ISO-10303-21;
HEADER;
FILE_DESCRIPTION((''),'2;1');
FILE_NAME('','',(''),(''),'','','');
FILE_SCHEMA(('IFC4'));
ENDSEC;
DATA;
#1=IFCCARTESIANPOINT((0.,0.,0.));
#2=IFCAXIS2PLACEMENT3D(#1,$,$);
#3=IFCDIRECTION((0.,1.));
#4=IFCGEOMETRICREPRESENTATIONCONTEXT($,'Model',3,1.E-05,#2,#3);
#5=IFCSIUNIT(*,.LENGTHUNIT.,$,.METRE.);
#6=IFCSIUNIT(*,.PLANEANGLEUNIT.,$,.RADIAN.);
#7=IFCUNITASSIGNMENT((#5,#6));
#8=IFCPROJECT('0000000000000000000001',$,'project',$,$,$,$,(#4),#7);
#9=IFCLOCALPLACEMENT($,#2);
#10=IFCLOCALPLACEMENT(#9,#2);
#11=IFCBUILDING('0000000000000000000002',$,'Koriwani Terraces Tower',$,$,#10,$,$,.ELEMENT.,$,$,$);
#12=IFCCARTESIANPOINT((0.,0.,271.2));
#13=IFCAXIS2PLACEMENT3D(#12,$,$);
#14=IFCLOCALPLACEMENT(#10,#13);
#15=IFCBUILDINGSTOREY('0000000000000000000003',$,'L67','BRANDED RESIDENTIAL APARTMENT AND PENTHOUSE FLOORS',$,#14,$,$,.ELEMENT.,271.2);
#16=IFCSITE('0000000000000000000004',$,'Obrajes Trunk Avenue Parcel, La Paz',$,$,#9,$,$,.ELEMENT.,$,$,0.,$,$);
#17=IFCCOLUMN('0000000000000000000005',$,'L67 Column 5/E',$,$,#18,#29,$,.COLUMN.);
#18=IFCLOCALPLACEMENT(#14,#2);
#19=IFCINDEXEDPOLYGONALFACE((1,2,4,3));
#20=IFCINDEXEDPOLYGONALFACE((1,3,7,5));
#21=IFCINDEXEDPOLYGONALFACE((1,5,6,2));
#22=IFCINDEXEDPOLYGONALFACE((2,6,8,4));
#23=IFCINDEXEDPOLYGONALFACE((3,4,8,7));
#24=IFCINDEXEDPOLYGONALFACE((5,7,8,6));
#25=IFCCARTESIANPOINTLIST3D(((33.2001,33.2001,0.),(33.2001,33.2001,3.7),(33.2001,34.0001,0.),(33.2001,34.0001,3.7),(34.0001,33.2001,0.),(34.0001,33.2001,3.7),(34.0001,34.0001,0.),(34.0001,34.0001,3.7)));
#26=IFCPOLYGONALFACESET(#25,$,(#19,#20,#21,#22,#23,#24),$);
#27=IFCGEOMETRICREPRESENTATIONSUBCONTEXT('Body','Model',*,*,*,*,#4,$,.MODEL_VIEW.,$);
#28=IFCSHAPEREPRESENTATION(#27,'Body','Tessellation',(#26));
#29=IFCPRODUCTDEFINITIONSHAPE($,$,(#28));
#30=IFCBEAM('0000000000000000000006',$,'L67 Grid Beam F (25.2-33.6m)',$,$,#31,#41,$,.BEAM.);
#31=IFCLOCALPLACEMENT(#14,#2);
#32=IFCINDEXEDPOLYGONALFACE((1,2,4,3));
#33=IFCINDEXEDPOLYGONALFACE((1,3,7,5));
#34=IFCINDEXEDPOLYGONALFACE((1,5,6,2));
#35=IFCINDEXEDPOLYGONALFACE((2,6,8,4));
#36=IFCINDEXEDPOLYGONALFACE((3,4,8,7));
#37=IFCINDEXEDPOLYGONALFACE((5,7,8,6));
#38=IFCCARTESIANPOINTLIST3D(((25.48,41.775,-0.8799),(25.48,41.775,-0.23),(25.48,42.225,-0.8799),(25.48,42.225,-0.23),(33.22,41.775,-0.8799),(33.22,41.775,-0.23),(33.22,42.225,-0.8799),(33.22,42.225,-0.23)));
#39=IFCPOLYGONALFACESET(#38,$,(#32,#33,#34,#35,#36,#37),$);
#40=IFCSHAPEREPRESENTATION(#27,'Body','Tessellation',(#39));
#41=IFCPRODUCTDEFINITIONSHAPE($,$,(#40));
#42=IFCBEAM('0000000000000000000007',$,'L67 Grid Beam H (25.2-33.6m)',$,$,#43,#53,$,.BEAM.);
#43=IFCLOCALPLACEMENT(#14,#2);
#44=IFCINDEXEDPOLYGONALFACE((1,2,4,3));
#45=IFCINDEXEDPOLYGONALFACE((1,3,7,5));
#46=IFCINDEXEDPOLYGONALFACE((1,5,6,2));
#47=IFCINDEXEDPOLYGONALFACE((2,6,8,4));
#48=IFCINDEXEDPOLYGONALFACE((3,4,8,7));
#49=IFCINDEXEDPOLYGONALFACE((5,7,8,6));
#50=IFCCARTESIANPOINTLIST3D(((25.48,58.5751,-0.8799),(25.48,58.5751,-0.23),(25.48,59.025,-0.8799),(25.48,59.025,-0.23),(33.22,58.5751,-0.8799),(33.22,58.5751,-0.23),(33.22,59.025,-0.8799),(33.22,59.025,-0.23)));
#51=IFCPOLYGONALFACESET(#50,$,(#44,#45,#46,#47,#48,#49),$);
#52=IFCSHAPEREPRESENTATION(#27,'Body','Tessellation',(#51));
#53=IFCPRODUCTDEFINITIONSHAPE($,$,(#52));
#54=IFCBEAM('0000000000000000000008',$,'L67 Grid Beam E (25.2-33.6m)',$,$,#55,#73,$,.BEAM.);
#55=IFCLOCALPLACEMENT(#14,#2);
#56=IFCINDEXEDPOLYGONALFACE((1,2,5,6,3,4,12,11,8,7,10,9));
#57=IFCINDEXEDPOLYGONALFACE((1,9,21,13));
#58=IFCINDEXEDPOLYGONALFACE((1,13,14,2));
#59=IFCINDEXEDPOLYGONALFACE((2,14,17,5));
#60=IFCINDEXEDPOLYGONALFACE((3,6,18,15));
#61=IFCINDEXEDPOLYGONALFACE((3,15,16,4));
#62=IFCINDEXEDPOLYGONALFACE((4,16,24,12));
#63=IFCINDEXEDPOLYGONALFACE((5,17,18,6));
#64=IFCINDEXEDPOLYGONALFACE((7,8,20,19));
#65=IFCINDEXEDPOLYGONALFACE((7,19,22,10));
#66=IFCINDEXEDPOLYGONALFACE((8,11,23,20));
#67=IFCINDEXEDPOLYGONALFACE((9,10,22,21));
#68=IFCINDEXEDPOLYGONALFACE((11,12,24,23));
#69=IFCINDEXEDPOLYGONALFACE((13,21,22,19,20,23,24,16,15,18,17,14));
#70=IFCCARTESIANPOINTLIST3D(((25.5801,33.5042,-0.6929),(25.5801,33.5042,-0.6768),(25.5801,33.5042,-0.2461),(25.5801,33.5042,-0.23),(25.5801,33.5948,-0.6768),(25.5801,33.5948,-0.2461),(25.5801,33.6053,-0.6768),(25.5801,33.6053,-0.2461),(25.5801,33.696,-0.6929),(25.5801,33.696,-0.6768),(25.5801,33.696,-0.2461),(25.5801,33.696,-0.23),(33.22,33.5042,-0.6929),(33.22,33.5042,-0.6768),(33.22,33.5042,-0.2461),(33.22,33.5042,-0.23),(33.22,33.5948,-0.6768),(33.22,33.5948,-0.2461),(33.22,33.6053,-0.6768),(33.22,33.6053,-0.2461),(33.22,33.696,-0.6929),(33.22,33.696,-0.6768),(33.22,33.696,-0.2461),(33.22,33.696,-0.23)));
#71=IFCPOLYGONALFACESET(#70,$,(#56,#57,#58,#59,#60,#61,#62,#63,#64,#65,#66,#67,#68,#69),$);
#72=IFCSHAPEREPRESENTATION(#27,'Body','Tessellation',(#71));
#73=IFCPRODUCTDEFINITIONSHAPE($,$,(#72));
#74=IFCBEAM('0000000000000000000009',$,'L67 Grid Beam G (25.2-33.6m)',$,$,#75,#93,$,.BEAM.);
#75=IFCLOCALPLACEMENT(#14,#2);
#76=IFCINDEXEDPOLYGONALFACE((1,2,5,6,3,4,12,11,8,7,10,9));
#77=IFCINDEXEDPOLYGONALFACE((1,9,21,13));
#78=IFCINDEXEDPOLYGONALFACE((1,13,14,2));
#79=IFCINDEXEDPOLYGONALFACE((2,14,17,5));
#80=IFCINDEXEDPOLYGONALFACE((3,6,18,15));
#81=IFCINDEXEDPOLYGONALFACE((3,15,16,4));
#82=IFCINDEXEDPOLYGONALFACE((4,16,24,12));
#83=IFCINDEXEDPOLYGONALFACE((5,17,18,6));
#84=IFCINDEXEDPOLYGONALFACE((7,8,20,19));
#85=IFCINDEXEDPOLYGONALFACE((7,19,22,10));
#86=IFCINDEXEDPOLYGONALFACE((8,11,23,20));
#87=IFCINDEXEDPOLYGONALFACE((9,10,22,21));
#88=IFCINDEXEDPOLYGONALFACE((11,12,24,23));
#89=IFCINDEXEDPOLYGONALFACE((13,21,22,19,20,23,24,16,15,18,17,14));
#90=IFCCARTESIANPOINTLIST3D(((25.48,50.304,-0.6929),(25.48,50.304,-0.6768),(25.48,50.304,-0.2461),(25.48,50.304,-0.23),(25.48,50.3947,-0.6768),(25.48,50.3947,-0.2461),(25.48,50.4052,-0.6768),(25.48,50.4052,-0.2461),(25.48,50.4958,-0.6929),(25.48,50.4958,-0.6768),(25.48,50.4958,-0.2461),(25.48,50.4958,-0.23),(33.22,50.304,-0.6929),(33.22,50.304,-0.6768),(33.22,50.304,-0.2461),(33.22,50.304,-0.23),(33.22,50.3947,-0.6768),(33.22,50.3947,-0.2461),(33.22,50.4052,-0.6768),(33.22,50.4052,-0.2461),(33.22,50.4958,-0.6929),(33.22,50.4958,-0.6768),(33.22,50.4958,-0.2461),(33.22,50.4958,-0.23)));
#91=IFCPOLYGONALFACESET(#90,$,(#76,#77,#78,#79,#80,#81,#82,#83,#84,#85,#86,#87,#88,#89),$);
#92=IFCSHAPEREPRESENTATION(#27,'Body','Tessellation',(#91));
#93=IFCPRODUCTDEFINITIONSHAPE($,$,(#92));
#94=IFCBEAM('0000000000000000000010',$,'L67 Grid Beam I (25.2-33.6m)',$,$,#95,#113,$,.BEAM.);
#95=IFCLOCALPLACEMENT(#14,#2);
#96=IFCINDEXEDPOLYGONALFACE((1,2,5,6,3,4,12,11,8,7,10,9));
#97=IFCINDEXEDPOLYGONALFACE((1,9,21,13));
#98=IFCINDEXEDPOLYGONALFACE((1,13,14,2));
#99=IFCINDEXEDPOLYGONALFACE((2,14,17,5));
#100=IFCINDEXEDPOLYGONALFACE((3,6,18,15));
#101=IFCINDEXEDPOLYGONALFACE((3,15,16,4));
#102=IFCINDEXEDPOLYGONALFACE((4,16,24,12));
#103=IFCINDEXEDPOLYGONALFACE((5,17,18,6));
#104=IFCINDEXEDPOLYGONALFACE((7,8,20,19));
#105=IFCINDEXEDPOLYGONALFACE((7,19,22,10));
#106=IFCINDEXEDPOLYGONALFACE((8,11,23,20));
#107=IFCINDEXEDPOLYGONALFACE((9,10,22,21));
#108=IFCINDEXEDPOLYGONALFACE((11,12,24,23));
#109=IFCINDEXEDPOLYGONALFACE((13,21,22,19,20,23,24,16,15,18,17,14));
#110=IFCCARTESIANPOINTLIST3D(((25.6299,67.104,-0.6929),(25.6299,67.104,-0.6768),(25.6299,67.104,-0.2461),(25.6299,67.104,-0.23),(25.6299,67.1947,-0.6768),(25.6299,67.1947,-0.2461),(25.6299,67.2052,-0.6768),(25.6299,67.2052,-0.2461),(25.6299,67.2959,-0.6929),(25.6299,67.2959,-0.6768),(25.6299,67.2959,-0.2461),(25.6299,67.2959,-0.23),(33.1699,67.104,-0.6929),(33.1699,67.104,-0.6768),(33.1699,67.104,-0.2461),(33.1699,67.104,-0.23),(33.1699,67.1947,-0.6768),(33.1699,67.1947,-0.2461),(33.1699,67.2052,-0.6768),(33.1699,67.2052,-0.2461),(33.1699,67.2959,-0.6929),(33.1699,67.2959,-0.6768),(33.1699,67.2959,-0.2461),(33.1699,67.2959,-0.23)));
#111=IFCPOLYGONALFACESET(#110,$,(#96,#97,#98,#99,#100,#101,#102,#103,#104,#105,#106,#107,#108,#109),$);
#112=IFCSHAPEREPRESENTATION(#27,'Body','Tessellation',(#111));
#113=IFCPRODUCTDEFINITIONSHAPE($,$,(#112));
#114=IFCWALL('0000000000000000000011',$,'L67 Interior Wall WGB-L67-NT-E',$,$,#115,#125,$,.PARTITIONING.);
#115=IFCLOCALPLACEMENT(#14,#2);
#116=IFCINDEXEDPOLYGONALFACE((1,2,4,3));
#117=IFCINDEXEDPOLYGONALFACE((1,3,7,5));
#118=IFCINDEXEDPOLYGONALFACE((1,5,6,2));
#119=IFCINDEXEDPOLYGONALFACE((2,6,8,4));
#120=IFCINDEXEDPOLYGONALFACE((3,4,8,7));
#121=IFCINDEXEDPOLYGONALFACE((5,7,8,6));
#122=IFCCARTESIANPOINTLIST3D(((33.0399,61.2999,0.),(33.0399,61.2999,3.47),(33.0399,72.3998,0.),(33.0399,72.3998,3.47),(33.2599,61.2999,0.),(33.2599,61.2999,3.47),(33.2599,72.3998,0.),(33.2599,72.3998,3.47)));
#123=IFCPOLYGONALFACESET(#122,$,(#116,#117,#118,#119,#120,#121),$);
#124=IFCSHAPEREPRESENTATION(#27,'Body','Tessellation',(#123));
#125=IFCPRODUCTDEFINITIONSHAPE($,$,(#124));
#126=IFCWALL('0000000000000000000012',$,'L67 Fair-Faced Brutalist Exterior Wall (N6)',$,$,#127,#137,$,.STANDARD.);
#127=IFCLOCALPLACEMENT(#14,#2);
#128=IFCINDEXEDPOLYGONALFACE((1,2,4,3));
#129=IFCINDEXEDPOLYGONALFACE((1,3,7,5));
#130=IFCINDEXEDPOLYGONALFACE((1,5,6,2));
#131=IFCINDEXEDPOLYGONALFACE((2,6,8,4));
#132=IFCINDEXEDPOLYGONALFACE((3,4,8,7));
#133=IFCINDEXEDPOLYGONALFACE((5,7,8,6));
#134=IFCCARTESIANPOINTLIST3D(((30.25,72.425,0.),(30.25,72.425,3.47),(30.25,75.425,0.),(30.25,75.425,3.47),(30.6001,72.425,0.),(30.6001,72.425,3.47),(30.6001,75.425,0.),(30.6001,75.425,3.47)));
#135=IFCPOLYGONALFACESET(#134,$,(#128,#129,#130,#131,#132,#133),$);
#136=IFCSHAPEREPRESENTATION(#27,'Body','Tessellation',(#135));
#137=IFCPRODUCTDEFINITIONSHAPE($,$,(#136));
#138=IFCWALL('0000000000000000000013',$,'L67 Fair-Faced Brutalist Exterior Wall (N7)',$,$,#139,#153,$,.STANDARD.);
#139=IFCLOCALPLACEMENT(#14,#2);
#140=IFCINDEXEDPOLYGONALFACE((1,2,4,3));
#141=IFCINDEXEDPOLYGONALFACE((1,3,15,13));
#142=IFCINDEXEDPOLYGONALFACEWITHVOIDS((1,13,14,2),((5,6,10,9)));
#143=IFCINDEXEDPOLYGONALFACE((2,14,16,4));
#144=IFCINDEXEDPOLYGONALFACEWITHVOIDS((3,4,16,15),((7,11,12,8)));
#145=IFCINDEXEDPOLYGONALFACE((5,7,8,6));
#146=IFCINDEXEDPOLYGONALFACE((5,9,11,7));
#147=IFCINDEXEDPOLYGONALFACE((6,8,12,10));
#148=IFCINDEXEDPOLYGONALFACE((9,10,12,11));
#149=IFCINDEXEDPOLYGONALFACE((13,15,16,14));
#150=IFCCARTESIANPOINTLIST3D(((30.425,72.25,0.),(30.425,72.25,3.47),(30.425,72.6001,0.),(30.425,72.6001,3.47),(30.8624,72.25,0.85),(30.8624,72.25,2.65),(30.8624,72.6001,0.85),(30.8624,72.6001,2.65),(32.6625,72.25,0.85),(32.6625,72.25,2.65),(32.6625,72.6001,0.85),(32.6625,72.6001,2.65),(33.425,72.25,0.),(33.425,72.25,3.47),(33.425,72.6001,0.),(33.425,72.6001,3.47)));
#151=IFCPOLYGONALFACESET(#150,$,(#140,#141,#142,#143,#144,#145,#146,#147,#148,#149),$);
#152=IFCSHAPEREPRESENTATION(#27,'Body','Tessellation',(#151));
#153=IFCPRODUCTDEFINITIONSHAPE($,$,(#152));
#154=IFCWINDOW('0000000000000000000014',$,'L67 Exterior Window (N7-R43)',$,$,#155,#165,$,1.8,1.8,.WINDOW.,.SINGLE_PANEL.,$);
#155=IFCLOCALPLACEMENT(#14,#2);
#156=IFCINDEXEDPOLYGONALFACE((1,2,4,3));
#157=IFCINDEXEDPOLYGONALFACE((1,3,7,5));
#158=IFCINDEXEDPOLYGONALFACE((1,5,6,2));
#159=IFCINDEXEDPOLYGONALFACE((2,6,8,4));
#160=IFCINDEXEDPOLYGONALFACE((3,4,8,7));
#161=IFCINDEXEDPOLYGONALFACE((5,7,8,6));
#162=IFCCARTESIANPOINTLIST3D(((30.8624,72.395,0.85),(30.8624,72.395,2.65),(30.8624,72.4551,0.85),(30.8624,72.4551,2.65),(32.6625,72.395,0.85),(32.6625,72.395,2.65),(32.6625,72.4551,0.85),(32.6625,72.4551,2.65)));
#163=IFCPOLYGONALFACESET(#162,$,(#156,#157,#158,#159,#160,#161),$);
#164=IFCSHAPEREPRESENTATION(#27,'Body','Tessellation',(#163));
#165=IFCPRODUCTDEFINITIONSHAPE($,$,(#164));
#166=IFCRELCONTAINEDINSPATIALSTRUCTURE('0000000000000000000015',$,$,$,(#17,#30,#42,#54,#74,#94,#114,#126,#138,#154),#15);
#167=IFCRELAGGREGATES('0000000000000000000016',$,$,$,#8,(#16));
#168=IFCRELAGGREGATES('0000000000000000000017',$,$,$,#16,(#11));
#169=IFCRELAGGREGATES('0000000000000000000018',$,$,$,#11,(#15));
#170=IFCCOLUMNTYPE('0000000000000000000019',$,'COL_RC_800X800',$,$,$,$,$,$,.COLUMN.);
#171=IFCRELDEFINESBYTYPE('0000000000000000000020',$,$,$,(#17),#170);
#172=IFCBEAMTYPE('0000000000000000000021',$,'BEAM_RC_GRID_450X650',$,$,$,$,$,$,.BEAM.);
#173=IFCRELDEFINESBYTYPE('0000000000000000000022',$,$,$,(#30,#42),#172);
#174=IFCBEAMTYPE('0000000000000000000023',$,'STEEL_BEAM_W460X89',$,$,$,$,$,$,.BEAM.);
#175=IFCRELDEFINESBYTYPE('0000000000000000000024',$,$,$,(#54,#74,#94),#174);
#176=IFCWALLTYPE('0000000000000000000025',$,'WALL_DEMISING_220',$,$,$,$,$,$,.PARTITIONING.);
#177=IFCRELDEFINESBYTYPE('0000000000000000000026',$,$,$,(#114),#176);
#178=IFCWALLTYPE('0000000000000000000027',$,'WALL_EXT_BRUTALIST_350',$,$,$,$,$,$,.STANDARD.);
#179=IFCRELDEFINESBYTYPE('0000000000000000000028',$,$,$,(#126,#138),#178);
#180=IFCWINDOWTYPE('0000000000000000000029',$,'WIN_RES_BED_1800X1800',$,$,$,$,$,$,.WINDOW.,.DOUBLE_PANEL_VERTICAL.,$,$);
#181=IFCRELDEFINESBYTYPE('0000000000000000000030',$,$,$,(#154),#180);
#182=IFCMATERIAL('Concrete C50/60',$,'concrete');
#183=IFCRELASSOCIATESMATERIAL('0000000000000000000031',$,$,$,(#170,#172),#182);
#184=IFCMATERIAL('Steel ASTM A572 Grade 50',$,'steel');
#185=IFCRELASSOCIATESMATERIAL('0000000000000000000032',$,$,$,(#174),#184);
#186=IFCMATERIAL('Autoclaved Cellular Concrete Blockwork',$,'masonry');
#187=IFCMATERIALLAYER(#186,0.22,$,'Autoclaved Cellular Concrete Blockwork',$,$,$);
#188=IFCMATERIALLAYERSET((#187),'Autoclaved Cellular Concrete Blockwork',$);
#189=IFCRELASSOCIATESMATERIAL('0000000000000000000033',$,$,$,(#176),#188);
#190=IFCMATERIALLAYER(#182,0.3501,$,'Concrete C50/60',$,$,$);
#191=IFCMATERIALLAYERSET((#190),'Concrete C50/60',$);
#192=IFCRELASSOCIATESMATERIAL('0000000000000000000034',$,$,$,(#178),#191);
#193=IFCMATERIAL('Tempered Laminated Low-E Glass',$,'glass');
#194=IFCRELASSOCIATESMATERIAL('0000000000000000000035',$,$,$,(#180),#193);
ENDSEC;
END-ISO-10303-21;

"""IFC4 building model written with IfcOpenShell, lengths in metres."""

from ifc_helpers import new_model, si_unit, direction, frame, frame_2d, origin, origin_2d, place, context, subcontext, project, spatial, rectangle, i_section, extrude, material, layer, layer_set, material_profile, profile_set, type_object, element, fill, save


model = new_model("IFC4")

# Units and contexts
model_context = context("Model", 3, precision=1e-05, world=origin(), true_north=direction((0.0, 1.0)))
body_context = subcontext(model_context, "Body", "Model", "MODEL_VIEW")
ifc_project = project(units=[si_unit("LENGTHUNIT", "METRE"), si_unit("PLANEANGLEUNIT", "RADIAN")], contexts=[model_context])

# Site, building, storey
site_placement = place(None, origin())
site = spatial("IfcSite", under=ifc_project, at=site_placement, Name="Obrajes Trunk Avenue Parcel, La Paz", CompositionType="ELEMENT", RefElevation=0.0)
building_placement = place(site_placement, origin())
building = spatial("IfcBuilding", under=site, at=building_placement, Name="Koriwani Terraces Tower", CompositionType="ELEMENT")
storey_placement = place(building_placement, frame((0.0, 0.0, 271.2)))
storey = spatial("IfcBuildingStorey", under=building, at=storey_placement, Name="L67", Description="BRANDED RESIDENTIAL APARTMENT AND PENTHOUSE FLOORS", CompositionType="ELEMENT", Elevation=271.2)

# Column
ifc_material_1 = material(Name="Concrete C50/60", Category="concrete")
ifc_material_profile_1 = material_profile(ifc_material_1, rectangle(XDim=0.8, YDim=0.8, at=origin_2d()), Name="Concrete C50/60", Category="LoadBearing")
ifc_profile_set_1 = profile_set([ifc_material_profile_1], Name="Concrete C50/60")
column_type = type_object("IfcColumnType", Name="COL_RC_800X800", PredefinedType="COLUMN", material=ifc_profile_set_1)
column_placement = place(storey_placement, frame((33.6001, 33.6001, 0.0), z_axis=(0.0, 0.0, 1.0), x_axis=(1.0, 0.0, 0.0)))
element("IfcColumn", 1, at=column_placement, inside=storey, type_object=column_type, Name="L67 Column 5/E", PredefinedType="COLUMN", context=body_context, shape_type="SweptSolid", body=[
    extrude(rectangle(XDim=0.8, YDim=0.8, at=origin_2d()), origin(), (0.0, 0.0, 1.0), 3.7),
])

# Beams
ifc_material_profile_2 = material_profile(ifc_material_1, rectangle(XDim=0.45, YDim=0.6499, at=origin_2d()), Name="Concrete C50/60", Category="LoadBearing")
ifc_profile_set_2 = profile_set([ifc_material_profile_2], Name="Concrete C50/60")
beam_type_1 = type_object("IfcBeamType", Name="BEAM_RC_GRID_450X650", PredefinedType="BEAM", material=ifc_profile_set_2)
for number, where, z_axis, x_axis, name in (
    (2, (25.48, 42.0, -0.5549), (1.0, 0.0, 0.0), (0.0, 1.0, 0.0), "L67 Grid Beam F (25.2-33.6m)"),
    (3, (25.48, 58.8, -0.5549), (1.0, 0.0, 0.0), (0.0, 1.0, 0.0), "L67 Grid Beam H (25.2-33.6m)"),
):
    element("IfcBeam", number, at=place(storey_placement, frame(where, z_axis=z_axis, x_axis=x_axis)), inside=storey, type_object=beam_type_1, Name=name, PredefinedType="BEAM", context=body_context, shape_type="SweptSolid", body=[
        extrude(rectangle(XDim=0.45, YDim=0.6499, at=origin_2d()), origin(), (0.0, 0.0, 1.0), 7.74),
    ])
ifc_material_2 = material(Name="Steel ASTM A572 Grade 50", Category="steel")
ifc_material_profile_3 = material_profile(ifc_material_2, i_section(OverallWidth=0.1919, OverallDepth=0.4629, WebThickness=0.0105, FlangeThickness=0.0161, at=origin_2d()), Name="Steel ASTM A572 Grade 50", Category="LoadBearing")
ifc_profile_set_3 = profile_set([ifc_material_profile_3], Name="Steel ASTM A572 Grade 50")
beam_type_2 = type_object("IfcBeamType", Name="STEEL_BEAM_W460X89", PredefinedType="BEAM", material=ifc_profile_set_3)
beam_1_placement = place(storey_placement, frame((25.5801, 33.6001, -0.4614), z_axis=(1.0, 0.0, 0.0), x_axis=(0.0, 1.0, 0.0)))
element("IfcBeam", 4, at=beam_1_placement, inside=storey, type_object=beam_type_2, Name="L67 Grid Beam E (25.2-33.6m)", PredefinedType="BEAM", context=body_context, shape_type="SweptSolid", body=[
    extrude(i_section(OverallWidth=0.1919, OverallDepth=0.4629, WebThickness=0.0105, FlangeThickness=0.0161, at=origin_2d()), origin(), (0.0, 0.0, 1.0), 7.6399),
])
beam_2_placement = place(storey_placement, frame((25.48, 50.3999, -0.4614), z_axis=(1.0, 0.0, 0.0), x_axis=(0.0, 1.0, 0.0)))
element("IfcBeam", 5, at=beam_2_placement, inside=storey, type_object=beam_type_2, Name="L67 Grid Beam G (25.2-33.6m)", PredefinedType="BEAM", context=body_context, shape_type="SweptSolid", body=[
    extrude(i_section(OverallWidth=0.1919, OverallDepth=0.4629, WebThickness=0.0105, FlangeThickness=0.0161, at=origin_2d()), origin(), (0.0, 0.0, 1.0), 7.74),
])
beam_3_placement = place(storey_placement, frame((25.6299, 67.2, -0.4614), z_axis=(1.0, 0.0, 0.0), x_axis=(0.0, 1.0, 0.0)))
element("IfcBeam", 6, at=beam_3_placement, inside=storey, type_object=beam_type_2, Name="L67 Grid Beam I (25.2-33.6m)", PredefinedType="BEAM", context=body_context, shape_type="SweptSolid", body=[
    extrude(i_section(OverallWidth=0.1919, OverallDepth=0.4629, WebThickness=0.0105, FlangeThickness=0.0161, at=origin_2d()), origin(), (0.0, 0.0, 1.0), 7.54),
])

# Walls
ifc_material_3 = material(Name="Autoclaved Cellular Concrete Blockwork", Category="masonry")
ifc_layer_1 = layer(ifc_material_3, 0.22, Name="Autoclaved Cellular Concrete Blockwork")
ifc_layer_set_1 = layer_set([ifc_layer_1], Name="Autoclaved Cellular Concrete Blockwork")
wall_type_1 = type_object("IfcWallType", Name="WALL_DEMISING_220", PredefinedType="PARTITIONING", material=ifc_layer_set_1)
wall_1_placement = place(storey_placement, frame((33.1499, 61.3, 0.0), z_axis=(0.0, 0.0, 1.0), x_axis=(0.0, 1.0, 0.0)))
element("IfcWall", 7, at=wall_1_placement, inside=storey, type_object=wall_type_1, Name="L67 Interior Wall WGB-L67-NT-E", PredefinedType="PARTITIONING", context=body_context, shape_type="SweptSolid", body=[
    extrude(rectangle(XDim=11.0999, YDim=0.22, at=frame_2d((5.5498, 0.0))), origin(), (0.0, 0.0, 1.0), 3.47),
])
ifc_layer_2 = layer(ifc_material_1, 0.3501, Name="Concrete C50/60")
ifc_layer_set_2 = layer_set([ifc_layer_2], Name="Concrete C50/60")
wall_type_2 = type_object("IfcWallType", Name="WALL_EXT_BRUTALIST_350", PredefinedType="STANDARD", material=ifc_layer_set_2)
wall_2_placement = place(storey_placement, frame((30.425, 75.425, 0.0), z_axis=(0.0, 0.0, 1.0), x_axis=(0.0, -1.0, 0.0)))
element("IfcWall", 8, at=wall_2_placement, inside=storey, type_object=wall_type_2, Name="L67 Fair-Faced Brutalist Exterior Wall (N6)", PredefinedType="STANDARD", context=body_context, shape_type="SweptSolid", body=[
    extrude(rectangle(XDim=3.0, YDim=0.3501, at=frame_2d((1.5, 0.0))), origin(), (0.0, 0.0, 1.0), 3.47),
])

# Wall, opening, window
wall_3_placement = place(storey_placement, frame((30.425, 72.425, 0.0), z_axis=(0.0, 0.0, 1.0), x_axis=(1.0, 0.0, 0.0)))
wall_3 = element("IfcWall", 9, at=wall_3_placement, inside=storey, type_object=wall_type_2, Name="L67 Fair-Faced Brutalist Exterior Wall (N7)", PredefinedType="STANDARD", context=body_context, shape_type="SweptSolid", body=[
    extrude(rectangle(XDim=3.0, YDim=0.3501, at=frame_2d((1.5, 0.0))), origin(), (0.0, 0.0, 1.0), 3.47),
])
opening_1_placement = place(wall_3_placement, frame((0.4375, 0.0, 0.8501)))
opening_1 = element("IfcOpeningElement", 10, at=opening_1_placement, cuts=wall_3, PredefinedType="OPENING", context=body_context, shape_type="SweptSolid", body=[
    extrude(rectangle(XDim=1.8, YDim=1.8, at=frame_2d((0.8999, 0.8999))), frame((0.0, 0.1851, 0.0), z_axis=(0.0, -1.0, 0.0), x_axis=(1.0, 0.0, 0.0)), (0.0, 0.0, 1.0), 0.3701),
])
ifc_material_4 = material(Name="Tempered Laminated Low-E Glass", Category="glass")
window_type_1 = type_object("IfcWindowType", Name="WIN_RES_BED_1800X1800", PartitioningType="DOUBLE_PANEL_VERTICAL", PredefinedType="WINDOW", material=ifc_material_4)
window_1_placement = place(opening_1_placement, origin())
window_1 = element("IfcWindow", 11, at=window_1_placement, inside=storey, type_object=window_type_1, Name="L67 Exterior Window (N7-R43)", OverallHeight=1.8, OverallWidth=1.8, PartitioningType="SINGLE_PANEL", PredefinedType="WINDOW", context=body_context, shape_type="SweptSolid", body=[
    extrude(rectangle(XDim=1.8, YDim=1.8, at=frame_2d((0.8999, 0.8999))), frame((0.0, 0.03, 0.0), z_axis=(0.0, -1.0, 0.0), x_axis=(1.0, 0.0, 0.0)), (0.0, 0.0, 1.0), 0.0601),
])
fill(opening_1, window_1)

save(model, "model.ifc")
